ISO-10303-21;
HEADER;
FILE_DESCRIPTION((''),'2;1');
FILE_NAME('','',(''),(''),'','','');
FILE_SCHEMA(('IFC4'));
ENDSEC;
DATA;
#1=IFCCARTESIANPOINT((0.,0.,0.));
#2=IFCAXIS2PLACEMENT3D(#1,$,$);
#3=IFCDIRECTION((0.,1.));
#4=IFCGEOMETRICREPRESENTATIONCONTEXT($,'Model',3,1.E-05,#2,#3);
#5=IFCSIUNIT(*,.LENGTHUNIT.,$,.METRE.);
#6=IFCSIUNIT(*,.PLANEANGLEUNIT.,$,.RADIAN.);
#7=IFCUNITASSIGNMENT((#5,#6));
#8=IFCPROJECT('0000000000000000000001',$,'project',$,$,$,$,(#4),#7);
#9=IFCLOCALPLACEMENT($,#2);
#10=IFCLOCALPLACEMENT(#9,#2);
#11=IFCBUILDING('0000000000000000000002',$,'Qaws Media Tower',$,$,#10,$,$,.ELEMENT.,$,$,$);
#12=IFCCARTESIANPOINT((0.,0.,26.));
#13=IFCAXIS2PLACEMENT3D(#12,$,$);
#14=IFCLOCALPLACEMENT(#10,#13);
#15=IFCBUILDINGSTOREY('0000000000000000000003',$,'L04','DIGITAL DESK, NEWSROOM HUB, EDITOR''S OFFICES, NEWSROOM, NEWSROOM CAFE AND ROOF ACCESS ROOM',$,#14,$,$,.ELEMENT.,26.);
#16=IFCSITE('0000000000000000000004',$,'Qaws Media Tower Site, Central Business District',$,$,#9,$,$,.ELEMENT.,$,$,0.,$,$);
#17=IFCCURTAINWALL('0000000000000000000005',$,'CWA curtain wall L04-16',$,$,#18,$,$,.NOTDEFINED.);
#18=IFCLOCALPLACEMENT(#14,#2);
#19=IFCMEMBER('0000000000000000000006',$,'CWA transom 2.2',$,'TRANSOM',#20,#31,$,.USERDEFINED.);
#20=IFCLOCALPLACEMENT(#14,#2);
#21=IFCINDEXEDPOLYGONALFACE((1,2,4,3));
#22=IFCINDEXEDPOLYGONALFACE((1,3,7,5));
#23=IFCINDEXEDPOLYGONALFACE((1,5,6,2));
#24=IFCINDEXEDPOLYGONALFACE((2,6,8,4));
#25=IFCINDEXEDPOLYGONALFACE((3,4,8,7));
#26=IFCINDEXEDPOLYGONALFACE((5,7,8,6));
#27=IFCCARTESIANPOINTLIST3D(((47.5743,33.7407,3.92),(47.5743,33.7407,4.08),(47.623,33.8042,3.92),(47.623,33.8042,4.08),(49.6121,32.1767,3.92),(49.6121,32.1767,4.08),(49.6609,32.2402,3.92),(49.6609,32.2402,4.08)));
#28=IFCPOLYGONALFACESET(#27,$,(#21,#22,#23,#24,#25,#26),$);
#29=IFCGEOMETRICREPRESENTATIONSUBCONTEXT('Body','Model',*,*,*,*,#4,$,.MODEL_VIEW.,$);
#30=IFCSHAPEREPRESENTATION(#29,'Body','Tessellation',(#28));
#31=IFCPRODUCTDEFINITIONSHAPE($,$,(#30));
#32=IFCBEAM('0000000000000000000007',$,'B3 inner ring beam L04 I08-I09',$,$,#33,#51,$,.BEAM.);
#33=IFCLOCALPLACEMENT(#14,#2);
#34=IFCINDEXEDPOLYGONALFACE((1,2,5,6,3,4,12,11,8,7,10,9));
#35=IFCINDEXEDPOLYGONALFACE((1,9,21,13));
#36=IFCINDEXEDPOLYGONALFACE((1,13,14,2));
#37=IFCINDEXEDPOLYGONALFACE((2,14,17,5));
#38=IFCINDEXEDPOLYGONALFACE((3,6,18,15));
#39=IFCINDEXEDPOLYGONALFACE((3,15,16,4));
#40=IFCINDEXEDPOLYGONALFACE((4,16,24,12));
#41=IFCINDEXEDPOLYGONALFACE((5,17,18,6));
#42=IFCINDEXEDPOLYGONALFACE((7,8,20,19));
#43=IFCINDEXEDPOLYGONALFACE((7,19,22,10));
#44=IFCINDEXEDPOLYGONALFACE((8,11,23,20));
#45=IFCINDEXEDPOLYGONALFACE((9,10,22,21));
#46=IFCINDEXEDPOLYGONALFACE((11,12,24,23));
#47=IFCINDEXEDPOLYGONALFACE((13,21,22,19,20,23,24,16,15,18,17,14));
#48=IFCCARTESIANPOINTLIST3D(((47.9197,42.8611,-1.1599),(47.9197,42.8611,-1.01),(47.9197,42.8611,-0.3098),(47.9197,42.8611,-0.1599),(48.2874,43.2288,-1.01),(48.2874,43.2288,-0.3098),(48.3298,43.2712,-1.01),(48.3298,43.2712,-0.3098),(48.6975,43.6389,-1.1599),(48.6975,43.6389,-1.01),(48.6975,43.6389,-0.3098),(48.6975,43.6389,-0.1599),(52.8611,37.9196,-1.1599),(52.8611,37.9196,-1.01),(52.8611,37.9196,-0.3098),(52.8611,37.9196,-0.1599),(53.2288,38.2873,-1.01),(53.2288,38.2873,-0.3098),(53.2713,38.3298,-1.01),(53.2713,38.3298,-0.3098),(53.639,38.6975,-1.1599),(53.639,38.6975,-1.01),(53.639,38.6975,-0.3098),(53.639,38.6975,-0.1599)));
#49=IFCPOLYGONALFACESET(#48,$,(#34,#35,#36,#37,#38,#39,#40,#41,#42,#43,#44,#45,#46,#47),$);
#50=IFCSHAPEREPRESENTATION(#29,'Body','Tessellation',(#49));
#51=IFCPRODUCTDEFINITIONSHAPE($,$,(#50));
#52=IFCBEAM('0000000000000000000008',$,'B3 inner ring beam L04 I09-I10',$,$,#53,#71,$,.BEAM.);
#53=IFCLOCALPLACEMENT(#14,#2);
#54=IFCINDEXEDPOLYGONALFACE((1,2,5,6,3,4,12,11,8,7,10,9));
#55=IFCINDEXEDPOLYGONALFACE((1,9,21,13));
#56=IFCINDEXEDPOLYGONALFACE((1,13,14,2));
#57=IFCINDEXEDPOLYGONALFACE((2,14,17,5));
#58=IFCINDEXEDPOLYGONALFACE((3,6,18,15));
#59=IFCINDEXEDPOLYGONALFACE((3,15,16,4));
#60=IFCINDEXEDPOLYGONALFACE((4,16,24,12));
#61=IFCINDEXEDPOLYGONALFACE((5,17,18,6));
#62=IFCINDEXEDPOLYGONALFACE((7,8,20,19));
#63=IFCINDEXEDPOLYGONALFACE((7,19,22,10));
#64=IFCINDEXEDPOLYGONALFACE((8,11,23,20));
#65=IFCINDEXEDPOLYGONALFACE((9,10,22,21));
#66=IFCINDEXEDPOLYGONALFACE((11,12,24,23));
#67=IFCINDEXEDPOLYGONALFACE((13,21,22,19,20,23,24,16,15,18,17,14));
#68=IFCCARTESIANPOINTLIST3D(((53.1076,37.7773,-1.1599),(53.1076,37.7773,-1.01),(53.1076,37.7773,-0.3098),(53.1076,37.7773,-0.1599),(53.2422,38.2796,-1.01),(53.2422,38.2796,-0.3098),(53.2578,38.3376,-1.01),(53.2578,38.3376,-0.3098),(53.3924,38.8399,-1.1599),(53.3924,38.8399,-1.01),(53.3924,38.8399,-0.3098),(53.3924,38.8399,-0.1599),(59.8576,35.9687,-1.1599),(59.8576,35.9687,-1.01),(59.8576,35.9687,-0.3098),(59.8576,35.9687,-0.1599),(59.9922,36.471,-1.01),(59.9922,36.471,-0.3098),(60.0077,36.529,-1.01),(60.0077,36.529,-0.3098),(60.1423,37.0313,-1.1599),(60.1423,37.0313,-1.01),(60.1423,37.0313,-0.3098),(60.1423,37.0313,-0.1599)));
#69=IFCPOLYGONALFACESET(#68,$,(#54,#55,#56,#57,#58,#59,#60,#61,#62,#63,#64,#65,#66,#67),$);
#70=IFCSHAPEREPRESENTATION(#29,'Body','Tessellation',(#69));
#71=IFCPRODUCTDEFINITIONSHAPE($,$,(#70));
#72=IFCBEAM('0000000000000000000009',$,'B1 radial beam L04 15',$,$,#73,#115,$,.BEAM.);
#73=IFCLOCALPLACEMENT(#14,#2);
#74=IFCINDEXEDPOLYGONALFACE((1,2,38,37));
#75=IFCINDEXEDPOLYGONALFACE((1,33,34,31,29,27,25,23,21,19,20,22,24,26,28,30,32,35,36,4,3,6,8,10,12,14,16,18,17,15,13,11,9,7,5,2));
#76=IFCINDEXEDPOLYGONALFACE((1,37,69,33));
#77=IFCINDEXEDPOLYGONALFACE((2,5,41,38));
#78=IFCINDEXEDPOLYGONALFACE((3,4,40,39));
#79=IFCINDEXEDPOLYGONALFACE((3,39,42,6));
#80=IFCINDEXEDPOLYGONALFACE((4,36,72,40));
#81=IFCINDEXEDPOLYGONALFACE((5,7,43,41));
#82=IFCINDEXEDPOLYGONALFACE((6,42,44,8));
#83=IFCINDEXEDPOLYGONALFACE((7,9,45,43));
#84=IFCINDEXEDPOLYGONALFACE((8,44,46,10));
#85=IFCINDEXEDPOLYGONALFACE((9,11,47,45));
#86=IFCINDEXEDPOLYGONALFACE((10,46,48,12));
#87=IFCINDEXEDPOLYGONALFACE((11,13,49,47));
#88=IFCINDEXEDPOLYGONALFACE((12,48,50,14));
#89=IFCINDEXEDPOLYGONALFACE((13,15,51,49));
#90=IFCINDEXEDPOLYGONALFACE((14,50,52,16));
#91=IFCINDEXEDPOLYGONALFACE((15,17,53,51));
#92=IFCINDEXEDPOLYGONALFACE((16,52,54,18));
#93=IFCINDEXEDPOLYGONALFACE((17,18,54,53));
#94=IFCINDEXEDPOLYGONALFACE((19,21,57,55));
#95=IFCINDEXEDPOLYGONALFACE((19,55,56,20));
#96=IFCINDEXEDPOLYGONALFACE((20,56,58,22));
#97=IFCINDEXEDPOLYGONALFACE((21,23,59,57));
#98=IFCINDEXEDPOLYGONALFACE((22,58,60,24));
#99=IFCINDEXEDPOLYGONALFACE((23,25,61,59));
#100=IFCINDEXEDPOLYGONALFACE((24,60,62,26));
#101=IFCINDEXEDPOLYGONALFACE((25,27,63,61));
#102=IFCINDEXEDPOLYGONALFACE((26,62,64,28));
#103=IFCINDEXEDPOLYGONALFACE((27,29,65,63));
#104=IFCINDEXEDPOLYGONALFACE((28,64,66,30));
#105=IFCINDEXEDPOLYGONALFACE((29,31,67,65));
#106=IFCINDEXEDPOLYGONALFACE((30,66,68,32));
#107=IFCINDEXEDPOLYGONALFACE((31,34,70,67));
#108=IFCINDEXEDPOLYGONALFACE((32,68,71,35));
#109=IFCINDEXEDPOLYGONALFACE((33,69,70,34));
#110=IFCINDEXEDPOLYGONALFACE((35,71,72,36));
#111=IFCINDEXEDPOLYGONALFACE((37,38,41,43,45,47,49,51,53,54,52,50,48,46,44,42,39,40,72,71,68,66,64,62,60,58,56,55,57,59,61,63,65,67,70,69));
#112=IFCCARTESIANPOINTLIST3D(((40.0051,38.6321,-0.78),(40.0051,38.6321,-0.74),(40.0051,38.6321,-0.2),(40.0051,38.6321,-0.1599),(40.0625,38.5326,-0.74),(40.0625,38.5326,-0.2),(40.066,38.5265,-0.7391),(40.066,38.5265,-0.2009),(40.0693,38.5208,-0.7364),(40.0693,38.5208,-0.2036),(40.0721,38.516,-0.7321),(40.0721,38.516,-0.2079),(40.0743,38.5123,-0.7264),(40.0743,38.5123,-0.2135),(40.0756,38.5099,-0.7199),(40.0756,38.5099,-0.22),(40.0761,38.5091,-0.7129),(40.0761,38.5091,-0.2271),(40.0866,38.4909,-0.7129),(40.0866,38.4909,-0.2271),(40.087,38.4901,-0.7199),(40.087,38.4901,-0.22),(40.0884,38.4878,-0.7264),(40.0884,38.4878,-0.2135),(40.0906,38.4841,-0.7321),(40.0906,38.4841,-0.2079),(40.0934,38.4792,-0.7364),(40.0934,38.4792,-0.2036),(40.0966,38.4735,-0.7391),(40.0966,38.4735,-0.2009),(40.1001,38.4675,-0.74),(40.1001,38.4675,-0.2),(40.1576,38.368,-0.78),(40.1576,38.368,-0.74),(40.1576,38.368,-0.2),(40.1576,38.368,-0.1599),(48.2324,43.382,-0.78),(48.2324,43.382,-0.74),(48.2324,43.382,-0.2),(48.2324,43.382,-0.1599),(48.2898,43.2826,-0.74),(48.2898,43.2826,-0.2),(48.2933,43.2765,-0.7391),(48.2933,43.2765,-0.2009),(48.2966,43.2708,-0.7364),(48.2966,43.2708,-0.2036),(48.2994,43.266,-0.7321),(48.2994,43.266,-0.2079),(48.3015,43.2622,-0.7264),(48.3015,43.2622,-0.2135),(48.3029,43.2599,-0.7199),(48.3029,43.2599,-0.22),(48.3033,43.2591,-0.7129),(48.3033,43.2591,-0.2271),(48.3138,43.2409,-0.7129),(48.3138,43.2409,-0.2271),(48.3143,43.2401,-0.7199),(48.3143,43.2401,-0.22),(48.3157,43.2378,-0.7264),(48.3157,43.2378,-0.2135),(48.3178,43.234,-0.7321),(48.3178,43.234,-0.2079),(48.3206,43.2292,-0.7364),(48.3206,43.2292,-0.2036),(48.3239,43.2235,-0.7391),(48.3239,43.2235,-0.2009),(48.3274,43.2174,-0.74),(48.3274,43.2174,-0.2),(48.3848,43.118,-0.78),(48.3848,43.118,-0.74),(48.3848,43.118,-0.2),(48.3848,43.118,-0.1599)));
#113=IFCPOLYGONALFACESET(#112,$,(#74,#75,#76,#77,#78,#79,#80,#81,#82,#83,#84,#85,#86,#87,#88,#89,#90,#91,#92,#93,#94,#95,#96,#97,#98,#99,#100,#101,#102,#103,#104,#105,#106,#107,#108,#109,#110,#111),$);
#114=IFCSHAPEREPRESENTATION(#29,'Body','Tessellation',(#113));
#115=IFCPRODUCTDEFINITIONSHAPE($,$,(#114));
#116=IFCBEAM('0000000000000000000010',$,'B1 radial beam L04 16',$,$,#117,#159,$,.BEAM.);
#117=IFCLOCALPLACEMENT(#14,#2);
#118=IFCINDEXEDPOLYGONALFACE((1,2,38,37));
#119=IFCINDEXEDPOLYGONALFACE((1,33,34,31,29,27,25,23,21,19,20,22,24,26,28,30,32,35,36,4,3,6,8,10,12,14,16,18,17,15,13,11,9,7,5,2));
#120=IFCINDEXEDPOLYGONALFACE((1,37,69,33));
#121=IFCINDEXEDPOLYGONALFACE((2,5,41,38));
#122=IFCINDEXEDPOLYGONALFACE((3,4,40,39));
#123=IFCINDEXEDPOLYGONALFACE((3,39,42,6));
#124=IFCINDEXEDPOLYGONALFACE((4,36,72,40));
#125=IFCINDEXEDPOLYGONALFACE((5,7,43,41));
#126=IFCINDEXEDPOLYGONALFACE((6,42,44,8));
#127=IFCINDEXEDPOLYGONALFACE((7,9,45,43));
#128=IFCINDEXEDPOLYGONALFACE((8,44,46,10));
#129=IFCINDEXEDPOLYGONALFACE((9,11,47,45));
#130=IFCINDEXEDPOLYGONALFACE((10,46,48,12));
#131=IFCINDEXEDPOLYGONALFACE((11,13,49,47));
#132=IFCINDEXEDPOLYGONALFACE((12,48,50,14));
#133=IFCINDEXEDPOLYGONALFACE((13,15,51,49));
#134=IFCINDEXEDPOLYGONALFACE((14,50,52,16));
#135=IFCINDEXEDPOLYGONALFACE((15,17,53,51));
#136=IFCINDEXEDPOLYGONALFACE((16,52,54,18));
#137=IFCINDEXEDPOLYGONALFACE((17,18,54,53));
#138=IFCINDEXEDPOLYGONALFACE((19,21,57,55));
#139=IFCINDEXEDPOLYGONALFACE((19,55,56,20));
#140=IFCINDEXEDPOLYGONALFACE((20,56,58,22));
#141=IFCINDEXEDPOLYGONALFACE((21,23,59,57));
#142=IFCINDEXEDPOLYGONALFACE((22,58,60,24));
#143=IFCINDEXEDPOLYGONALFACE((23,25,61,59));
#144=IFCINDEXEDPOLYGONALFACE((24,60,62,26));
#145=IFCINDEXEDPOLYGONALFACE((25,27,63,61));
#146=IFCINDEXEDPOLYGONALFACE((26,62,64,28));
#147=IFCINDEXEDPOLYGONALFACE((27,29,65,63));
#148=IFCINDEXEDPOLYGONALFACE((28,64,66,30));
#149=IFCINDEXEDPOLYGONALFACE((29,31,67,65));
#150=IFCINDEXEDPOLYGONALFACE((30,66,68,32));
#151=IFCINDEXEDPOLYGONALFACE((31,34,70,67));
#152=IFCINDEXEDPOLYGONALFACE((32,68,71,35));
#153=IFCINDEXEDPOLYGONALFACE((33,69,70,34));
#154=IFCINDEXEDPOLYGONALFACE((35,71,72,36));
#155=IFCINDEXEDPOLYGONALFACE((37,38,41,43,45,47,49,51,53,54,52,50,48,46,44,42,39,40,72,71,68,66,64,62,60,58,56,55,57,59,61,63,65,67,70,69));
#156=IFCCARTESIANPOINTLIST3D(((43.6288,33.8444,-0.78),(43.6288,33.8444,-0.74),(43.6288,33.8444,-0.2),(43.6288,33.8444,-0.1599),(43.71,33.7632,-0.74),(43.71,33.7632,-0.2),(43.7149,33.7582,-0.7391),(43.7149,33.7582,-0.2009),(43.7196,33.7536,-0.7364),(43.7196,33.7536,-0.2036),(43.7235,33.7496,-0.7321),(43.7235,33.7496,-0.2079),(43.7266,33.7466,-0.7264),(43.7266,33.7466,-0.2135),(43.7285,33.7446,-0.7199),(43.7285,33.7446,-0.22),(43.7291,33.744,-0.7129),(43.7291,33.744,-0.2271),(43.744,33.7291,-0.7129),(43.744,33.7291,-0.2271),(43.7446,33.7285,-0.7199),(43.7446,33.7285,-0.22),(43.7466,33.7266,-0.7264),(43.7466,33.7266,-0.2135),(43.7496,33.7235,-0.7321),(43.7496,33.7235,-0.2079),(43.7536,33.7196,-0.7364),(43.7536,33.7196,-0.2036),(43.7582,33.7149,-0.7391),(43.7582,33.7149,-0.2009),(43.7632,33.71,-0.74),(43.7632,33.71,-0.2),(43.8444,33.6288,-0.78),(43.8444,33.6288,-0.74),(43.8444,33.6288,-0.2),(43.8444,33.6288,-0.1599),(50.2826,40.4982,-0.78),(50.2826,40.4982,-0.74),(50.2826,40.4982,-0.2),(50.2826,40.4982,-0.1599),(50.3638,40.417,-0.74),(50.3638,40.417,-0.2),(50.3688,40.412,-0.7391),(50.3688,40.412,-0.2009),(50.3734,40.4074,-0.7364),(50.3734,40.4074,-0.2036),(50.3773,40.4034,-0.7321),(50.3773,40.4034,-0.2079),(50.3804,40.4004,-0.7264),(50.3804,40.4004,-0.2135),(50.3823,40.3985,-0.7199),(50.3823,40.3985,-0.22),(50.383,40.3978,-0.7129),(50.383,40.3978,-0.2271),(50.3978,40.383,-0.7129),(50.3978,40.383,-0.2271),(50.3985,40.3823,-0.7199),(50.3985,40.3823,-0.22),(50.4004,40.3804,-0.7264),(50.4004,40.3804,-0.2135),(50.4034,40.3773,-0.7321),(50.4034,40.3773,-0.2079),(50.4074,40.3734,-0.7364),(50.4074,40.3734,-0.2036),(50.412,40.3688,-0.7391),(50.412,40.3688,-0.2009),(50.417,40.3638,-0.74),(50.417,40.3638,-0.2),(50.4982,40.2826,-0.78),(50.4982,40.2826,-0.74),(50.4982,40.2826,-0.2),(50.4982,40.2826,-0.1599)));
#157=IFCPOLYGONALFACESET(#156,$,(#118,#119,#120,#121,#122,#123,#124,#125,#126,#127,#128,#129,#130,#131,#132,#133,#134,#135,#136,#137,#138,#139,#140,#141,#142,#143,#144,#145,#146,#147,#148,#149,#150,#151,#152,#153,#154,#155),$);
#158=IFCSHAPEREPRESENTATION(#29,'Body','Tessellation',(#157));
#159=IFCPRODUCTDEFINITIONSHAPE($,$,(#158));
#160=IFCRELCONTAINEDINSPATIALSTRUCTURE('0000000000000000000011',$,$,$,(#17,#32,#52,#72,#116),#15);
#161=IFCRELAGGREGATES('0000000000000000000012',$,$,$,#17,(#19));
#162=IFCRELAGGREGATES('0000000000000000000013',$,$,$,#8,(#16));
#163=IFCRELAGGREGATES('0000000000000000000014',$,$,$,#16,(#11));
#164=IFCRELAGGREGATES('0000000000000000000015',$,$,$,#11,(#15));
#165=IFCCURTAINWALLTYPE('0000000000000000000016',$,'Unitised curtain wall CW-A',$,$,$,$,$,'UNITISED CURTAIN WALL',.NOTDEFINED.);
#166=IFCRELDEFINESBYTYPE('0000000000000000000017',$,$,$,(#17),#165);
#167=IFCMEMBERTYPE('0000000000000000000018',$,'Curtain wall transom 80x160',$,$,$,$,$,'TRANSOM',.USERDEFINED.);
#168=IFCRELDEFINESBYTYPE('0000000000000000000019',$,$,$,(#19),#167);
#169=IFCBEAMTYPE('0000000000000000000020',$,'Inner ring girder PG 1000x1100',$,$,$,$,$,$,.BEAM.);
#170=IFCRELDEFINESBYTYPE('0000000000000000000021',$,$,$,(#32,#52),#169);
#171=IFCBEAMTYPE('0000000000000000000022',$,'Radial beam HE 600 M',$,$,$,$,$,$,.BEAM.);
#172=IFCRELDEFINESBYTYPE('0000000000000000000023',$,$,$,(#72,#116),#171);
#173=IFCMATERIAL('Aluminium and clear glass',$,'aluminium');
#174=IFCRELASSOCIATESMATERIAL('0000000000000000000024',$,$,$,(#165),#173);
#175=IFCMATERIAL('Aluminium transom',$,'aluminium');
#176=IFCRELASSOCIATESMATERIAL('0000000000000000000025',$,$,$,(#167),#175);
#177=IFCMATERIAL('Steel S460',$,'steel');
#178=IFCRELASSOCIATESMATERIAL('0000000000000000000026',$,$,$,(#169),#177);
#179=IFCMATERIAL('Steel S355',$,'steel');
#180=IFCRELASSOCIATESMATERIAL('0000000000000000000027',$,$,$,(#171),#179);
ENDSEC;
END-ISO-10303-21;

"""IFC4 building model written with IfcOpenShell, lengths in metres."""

from ifc_helpers import new_model, si_unit, direction, frame, origin, origin_2d, place, context, subcontext, project, spatial, rectangle, i_section, extrude, material, material_profile, profile_set, type_object, element, aggregate, save


model = new_model("IFC4")

# Units and contexts
model_context = context("Model", 3, precision=1e-05, world=origin(), true_north=direction((0.0, 1.0)))
body_context = subcontext(model_context, "Body", "Model", "MODEL_VIEW")
ifc_project = project(units=[si_unit("LENGTHUNIT", "METRE"), si_unit("PLANEANGLEUNIT", "RADIAN")], contexts=[model_context])

# Site, building, storey
site_placement = place(None, origin())
site = spatial("IfcSite", under=ifc_project, at=site_placement, Name="Qaws Media Tower Site, Central Business District", CompositionType="ELEMENT", RefElevation=0.0)
building_placement = place(site_placement, origin())
building = spatial("IfcBuilding", under=site, at=building_placement, Name="Qaws Media Tower", CompositionType="ELEMENT")
storey_placement = place(building_placement, frame((0.0, 0.0, 26.0)))
storey = spatial("IfcBuildingStorey", under=building, at=storey_placement, Name="L04", Description="DIGITAL DESK, NEWSROOM HUB, EDITOR'S OFFICES, NEWSROOM, NEWSROOM CAFE AND ROOF ACCESS ROOM", CompositionType="ELEMENT", Elevation=26.0)

# Shared definitions
ifc_material_1 = material(Name="Aluminium and clear glass", Category="aluminium")
curtain_wall_type = type_object("IfcCurtainWallType", Name="Unitised curtain wall CW-A", ElementType="UNITISED CURTAIN WALL", PredefinedType="NOTDEFINED", material=ifc_material_1)

# Curtain wall, member
curtain_wall_1_placement = place(storey_placement, origin())
curtain_wall_1 = element("IfcCurtainWall", 1, at=curtain_wall_1_placement, inside=storey, type_object=curtain_wall_type, Name="CWA curtain wall L04-16", PredefinedType="NOTDEFINED")
ifc_material_2 = material(Name="Aluminium transom", Category="aluminium")
ifc_material_profile_1 = material_profile(ifc_material_2, rectangle(XDim=0.0801, YDim=0.1599, at=origin_2d()), Name="80x160")
ifc_profile_set_1 = profile_set([ifc_material_profile_1], Name="Aluminium transom")
member_type_1 = type_object("IfcMemberType", Name="Curtain wall transom 80x160", ElementType="TRANSOM", PredefinedType="USERDEFINED", material=ifc_profile_set_1)
member_1_placement = place(storey_placement, frame((47.5986, 33.7725, 4.0), z_axis=(0.793302, -0.608829, 0.0), x_axis=(0.608829, 0.793302, 0.0)))
member_1 = element("IfcMember", 2, at=member_1_placement, type_object=member_type_1, Name="CWA transom 2.2", ObjectType="TRANSOM", PredefinedType="USERDEFINED", context=body_context, shape_type="SweptSolid", body=[
    extrude(rectangle(XDim=0.0801, YDim=0.1599, at=origin_2d()), origin(), (0.0, 0.0, 1.0), 2.5688),
])

# Beams
ifc_material_3 = material(Name="Steel S460", Category="steel")
ifc_material_profile_2 = material_profile(ifc_material_3, i_section(OverallWidth=1.1001, OverallDepth=1.0, WebThickness=0.0601, FlangeThickness=0.1499, at=origin_2d()), Name="PG 1000x1100")
ifc_profile_set_2 = profile_set([ifc_material_profile_2], Name="Steel S460")
beam_type_1 = type_object("IfcBeamType", Name="Inner ring girder PG 1000x1100", PredefinedType="BEAM", material=ifc_profile_set_2)
beam_1_placement = place(storey_placement, frame((48.3086, 43.25, -0.6599), z_axis=(0.707107, -0.707107, 0.0), x_axis=(0.707107, 0.707107, 0.0)))
element("IfcBeam", 3, at=beam_1_placement, inside=storey, type_object=beam_type_1, Name="B3 inner ring beam L04 I08-I09", PredefinedType="BEAM", context=body_context, shape_type="SweptSolid", body=[
    extrude(i_section(OverallWidth=1.1001, OverallDepth=1.0, WebThickness=0.0601, FlangeThickness=0.1499, at=origin_2d()), origin(), (0.0, 0.0, 1.0), 6.9883),
])
beam_2_placement = place(storey_placement, frame((53.25, 38.3086, -0.6599), z_axis=(0.965928, -0.258811, 0.0), x_axis=(0.258811, 0.965928, 0.0)))
element("IfcBeam", 4, at=beam_2_placement, inside=storey, type_object=beam_type_1, Name="B3 inner ring beam L04 I09-I10", PredefinedType="BEAM", context=body_context, shape_type="SweptSolid", body=[
    extrude(i_section(OverallWidth=1.1001, OverallDepth=1.0, WebThickness=0.0601, FlangeThickness=0.1499, at=origin_2d()), origin(), (0.0, 0.0, 1.0), 6.988),
])
ifc_material_4 = material(Name="Steel S355", Category="steel")
ifc_material_profile_3 = material_profile(ifc_material_4, i_section(OverallWidth=0.3049, OverallDepth=0.6201, WebThickness=0.021, FlangeThickness=0.04, FilletRadius=0.0271, at=origin_2d()), Name="HE 600 M")
ifc_profile_set_3 = profile_set([ifc_material_profile_3], Name="Steel S355")
beam_type_2 = type_object("IfcBeamType", Name="Radial beam HE 600 M", PredefinedType="BEAM", material=ifc_profile_set_3)
beam_3_placement = place(storey_placement, frame((48.3086, 43.25, -0.47), z_axis=(-0.866027, -0.499998, 0.0), x_axis=(0.499998, -0.866027, 0.0)))
element("IfcBeam", 5, at=beam_3_placement, inside=storey, type_object=beam_type_2, Name="B1 radial beam L04 15", PredefinedType="BEAM", context=body_context, shape_type="SweptSolid", body=[
    extrude(i_section(OverallWidth=0.3049, OverallDepth=0.6201, WebThickness=0.021, FlangeThickness=0.04, FilletRadius=0.0271, at=origin_2d()), origin(), (0.0, 0.0, 1.0), 9.5),
])
beam_4_placement = place(storey_placement, frame((50.3904, 40.3904, -0.47), z_axis=(-0.707107, -0.707107, 0.0), x_axis=(0.707107, -0.707107, 0.0)))
element("IfcBeam", 6, at=beam_4_placement, inside=storey, type_object=beam_type_2, Name="B1 radial beam L04 16", PredefinedType="BEAM", context=body_context, shape_type="SweptSolid", body=[
    extrude(i_section(OverallWidth=0.3049, OverallDepth=0.6201, WebThickness=0.021, FlangeThickness=0.04, FilletRadius=0.0271, at=origin_2d()), origin(), (0.0, 0.0, 1.0), 9.4099),
])

aggregate(curtain_wall_1, [member_1])

save(model, "model.ifc")
